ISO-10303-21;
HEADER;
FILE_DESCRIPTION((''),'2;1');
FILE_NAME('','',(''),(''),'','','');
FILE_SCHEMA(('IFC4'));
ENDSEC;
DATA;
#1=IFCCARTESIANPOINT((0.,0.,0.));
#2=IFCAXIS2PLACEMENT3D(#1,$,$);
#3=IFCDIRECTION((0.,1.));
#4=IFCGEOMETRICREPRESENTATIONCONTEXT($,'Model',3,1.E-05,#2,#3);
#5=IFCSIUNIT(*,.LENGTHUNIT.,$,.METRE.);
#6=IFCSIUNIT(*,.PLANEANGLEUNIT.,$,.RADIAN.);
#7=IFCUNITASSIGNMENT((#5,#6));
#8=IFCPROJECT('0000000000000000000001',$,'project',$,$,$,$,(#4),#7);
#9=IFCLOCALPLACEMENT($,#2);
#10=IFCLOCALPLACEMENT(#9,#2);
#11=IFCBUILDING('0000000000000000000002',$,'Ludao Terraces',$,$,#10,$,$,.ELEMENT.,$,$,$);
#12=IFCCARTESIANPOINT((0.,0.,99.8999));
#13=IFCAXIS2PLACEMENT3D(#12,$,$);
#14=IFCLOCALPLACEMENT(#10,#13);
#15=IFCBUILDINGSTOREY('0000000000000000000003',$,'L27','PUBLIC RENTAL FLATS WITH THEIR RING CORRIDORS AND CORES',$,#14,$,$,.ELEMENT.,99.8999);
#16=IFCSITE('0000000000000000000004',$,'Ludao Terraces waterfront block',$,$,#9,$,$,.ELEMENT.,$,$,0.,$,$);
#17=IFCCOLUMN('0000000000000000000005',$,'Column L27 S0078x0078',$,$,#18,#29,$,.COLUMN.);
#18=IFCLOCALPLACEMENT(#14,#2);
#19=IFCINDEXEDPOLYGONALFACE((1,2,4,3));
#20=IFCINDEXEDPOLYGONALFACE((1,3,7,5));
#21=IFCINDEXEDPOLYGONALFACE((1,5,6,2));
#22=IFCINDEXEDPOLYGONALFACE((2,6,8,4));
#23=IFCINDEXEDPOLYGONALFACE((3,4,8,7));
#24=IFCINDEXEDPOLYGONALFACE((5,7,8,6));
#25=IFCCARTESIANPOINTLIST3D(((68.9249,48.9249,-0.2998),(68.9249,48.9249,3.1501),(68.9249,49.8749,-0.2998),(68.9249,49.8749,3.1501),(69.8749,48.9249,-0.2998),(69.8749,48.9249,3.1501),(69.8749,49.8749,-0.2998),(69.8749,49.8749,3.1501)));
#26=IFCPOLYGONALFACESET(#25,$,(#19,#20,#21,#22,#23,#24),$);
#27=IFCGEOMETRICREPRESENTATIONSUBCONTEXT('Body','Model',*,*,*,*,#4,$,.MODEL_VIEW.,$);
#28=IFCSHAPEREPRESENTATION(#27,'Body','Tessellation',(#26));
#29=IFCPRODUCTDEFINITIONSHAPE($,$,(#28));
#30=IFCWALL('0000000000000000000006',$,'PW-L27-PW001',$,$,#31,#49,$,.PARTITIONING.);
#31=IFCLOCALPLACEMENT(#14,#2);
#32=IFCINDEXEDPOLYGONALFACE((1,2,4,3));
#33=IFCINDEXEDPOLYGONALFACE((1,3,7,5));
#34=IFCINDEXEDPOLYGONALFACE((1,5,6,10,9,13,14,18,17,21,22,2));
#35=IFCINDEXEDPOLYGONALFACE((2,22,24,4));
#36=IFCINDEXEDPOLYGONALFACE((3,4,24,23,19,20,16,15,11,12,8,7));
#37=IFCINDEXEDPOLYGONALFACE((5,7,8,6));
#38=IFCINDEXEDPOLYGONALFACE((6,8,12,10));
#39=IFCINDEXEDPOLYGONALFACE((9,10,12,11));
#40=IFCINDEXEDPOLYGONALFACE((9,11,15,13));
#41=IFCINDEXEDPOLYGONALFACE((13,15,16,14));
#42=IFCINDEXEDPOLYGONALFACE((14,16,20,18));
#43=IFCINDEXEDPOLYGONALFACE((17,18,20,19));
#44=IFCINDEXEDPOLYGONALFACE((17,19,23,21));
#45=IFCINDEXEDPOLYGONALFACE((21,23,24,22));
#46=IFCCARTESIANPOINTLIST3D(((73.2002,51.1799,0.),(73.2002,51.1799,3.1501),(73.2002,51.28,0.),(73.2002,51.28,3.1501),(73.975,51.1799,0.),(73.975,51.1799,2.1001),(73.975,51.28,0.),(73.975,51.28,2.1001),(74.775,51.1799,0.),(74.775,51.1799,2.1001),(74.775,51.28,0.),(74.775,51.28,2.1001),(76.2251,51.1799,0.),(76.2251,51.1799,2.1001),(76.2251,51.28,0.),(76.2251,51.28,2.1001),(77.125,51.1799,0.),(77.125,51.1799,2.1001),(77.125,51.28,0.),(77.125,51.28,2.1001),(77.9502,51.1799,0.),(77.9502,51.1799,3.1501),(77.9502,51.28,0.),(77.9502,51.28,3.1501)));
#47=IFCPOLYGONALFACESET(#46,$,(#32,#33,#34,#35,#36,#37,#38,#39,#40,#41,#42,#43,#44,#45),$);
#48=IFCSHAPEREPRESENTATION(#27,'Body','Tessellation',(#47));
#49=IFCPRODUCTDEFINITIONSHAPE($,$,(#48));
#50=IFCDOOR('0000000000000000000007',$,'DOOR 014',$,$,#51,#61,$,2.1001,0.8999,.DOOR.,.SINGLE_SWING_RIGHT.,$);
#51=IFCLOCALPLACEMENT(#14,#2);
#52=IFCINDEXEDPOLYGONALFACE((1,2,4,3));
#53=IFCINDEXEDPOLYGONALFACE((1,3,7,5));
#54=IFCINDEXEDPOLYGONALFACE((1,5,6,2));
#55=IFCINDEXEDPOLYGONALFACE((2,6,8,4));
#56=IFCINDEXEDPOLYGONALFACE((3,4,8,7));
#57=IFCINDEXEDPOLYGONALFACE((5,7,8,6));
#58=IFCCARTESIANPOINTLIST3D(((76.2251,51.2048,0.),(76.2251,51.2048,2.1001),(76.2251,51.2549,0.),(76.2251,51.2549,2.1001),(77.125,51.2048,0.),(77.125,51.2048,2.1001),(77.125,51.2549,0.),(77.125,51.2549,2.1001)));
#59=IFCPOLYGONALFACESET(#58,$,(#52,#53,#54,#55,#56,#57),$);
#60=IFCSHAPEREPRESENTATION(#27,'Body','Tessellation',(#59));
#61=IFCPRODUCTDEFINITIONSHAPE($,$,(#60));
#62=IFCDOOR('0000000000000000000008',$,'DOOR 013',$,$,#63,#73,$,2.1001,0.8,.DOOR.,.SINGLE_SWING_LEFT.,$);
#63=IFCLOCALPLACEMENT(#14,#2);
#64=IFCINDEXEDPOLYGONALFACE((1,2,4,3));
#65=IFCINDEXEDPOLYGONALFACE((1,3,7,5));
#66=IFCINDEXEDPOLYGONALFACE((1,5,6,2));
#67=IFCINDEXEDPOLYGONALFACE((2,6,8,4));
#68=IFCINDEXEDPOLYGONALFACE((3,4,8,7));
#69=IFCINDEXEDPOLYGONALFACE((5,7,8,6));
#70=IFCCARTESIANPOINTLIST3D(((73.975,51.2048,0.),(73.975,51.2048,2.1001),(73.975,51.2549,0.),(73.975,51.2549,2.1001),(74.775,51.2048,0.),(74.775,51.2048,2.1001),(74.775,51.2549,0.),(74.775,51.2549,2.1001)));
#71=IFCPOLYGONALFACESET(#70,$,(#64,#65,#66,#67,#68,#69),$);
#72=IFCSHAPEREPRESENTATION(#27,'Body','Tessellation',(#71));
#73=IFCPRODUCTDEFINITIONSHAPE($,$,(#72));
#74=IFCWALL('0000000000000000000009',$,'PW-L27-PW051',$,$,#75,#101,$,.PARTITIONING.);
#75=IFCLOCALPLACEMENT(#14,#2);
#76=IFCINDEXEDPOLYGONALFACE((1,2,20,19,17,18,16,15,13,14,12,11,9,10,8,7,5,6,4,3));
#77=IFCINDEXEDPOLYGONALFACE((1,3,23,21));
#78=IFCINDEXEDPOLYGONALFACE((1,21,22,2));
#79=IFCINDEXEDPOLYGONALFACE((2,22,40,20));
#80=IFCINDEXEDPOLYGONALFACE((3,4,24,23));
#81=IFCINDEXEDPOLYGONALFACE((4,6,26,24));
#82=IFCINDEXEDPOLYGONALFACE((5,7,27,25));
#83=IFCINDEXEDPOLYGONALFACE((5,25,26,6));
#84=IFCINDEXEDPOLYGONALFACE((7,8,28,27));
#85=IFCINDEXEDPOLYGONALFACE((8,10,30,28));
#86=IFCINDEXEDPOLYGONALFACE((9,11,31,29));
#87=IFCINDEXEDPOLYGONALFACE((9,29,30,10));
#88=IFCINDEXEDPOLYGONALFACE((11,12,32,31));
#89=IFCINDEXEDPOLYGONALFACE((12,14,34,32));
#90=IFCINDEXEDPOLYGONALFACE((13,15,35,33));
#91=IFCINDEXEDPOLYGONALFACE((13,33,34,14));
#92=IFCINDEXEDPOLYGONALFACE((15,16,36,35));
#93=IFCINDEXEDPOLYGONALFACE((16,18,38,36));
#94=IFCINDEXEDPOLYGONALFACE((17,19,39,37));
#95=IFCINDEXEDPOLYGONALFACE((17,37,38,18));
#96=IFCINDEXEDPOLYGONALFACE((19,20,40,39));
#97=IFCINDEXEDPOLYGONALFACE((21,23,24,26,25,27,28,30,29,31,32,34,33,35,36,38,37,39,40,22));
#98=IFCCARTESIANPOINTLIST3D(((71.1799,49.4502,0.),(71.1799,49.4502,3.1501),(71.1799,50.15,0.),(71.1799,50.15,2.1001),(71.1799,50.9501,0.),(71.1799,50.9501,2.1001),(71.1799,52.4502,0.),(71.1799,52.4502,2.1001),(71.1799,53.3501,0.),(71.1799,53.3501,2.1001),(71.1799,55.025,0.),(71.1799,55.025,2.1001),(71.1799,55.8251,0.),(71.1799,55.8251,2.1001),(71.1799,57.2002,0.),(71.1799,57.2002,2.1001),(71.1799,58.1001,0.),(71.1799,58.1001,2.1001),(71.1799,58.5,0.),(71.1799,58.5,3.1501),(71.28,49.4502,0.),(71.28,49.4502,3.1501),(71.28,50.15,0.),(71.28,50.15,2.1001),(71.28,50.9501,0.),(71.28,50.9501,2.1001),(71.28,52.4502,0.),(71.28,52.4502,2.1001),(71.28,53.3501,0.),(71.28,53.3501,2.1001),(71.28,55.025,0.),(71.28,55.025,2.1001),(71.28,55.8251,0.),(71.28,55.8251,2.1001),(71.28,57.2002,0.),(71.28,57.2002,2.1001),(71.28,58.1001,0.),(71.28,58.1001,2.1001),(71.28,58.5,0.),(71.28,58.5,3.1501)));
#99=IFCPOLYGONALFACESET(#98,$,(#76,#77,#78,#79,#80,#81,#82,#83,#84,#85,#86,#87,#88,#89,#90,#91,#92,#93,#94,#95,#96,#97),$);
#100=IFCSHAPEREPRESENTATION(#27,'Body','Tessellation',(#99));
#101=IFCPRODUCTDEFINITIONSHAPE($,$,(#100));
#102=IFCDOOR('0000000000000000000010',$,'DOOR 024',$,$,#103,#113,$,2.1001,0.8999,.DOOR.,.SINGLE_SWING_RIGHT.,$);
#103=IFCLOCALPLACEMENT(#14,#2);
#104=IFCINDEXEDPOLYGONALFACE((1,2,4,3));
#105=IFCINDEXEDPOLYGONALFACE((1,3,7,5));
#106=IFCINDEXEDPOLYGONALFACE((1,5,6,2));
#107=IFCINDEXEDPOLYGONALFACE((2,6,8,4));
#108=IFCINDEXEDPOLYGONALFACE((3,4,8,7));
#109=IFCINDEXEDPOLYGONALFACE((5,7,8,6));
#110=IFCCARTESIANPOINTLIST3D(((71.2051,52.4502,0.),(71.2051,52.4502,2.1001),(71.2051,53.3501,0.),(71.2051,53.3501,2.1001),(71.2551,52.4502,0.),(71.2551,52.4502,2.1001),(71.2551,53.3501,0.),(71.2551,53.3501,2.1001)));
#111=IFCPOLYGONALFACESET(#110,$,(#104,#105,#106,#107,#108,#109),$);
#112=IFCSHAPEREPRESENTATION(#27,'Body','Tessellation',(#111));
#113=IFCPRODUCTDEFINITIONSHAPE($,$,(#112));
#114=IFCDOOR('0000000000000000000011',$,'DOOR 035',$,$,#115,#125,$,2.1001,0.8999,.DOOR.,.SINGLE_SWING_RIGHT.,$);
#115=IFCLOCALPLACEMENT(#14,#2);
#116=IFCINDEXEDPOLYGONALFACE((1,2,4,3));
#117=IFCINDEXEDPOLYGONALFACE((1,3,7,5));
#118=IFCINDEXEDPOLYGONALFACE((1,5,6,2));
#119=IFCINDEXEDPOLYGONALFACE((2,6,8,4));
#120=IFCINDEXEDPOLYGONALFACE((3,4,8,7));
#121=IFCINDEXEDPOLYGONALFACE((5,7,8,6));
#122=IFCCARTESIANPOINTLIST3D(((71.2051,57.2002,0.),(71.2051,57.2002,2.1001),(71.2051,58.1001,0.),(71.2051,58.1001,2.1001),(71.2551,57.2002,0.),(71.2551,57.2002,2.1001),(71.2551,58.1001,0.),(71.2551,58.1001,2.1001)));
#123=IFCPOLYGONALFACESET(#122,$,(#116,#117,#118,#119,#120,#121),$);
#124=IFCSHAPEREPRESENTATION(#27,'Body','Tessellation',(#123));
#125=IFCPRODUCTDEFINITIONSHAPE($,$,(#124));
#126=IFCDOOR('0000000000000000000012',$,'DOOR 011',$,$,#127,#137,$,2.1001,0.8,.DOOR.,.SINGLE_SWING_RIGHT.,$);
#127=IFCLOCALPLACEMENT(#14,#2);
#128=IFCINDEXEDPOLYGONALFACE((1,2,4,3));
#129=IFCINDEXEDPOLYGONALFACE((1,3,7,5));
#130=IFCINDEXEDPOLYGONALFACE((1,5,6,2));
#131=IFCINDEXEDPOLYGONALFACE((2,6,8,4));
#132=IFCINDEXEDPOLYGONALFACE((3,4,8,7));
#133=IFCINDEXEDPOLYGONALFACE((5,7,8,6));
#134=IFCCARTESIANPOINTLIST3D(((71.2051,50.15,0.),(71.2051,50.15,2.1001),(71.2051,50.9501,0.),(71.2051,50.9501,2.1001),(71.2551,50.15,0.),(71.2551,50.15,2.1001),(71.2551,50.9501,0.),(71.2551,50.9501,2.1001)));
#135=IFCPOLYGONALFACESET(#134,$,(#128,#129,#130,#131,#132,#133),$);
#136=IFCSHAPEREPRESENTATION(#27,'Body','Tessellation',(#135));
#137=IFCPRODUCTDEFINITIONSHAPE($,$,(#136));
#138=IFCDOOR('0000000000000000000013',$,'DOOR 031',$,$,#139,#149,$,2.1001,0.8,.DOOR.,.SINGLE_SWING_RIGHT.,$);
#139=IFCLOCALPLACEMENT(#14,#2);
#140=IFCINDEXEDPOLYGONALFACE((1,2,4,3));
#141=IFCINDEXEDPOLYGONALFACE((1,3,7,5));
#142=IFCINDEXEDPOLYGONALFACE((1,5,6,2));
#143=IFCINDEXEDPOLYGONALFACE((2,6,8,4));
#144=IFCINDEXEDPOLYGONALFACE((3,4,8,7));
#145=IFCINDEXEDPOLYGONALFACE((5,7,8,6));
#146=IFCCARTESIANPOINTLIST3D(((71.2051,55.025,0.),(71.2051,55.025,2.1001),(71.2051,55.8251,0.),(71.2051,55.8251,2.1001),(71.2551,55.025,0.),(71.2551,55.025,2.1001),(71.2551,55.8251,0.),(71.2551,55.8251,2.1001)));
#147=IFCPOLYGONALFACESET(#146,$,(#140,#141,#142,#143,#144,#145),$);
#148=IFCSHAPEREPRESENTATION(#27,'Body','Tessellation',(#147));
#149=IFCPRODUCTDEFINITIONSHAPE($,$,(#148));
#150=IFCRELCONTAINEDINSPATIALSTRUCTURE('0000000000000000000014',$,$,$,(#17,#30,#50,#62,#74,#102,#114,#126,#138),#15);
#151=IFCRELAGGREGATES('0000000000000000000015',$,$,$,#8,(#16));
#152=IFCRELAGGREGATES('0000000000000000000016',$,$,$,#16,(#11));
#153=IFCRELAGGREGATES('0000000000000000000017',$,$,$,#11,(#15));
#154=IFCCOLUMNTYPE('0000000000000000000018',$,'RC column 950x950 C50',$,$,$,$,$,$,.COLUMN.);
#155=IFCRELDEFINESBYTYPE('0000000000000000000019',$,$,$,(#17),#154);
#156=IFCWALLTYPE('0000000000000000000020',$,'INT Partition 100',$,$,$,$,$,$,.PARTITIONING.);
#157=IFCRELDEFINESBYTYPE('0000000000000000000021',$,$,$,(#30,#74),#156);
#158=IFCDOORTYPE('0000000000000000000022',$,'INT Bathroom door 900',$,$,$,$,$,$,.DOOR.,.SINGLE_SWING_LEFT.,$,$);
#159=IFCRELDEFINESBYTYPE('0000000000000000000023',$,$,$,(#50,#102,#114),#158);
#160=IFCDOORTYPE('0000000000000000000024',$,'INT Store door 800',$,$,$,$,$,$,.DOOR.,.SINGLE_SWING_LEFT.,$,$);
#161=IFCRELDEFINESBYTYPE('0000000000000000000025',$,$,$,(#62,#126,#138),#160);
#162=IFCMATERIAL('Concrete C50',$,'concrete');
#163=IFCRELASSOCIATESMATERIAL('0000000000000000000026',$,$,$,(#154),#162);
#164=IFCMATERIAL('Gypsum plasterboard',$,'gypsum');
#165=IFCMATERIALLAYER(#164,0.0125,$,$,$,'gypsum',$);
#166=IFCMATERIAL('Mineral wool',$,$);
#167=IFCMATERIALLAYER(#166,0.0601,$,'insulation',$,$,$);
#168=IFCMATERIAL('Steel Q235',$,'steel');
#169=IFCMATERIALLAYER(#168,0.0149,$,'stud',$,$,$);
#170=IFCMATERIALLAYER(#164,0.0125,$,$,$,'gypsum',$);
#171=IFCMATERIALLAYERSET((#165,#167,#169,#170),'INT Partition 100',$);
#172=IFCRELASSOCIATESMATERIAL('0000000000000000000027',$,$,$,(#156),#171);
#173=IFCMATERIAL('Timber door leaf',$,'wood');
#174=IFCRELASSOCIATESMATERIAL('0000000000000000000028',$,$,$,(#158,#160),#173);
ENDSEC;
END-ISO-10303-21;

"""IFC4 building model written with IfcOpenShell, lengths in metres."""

from ifc_helpers import new_model, si_unit, direction, frame, frame_2d, origin, origin_2d, place, context, subcontext, project, spatial, rectangle, extrude, material, layer, layer_set, material_profile, profile_set, type_object, element, fill, save


model = new_model("IFC4")

# Units and contexts
model_context = context("Model", 3, precision=1e-05, world=origin(), true_north=direction((0.0, 1.0)))
body_context = subcontext(model_context, "Body", "Model", "MODEL_VIEW")
ifc_project = project(units=[si_unit("LENGTHUNIT", "METRE"), si_unit("PLANEANGLEUNIT", "RADIAN")], contexts=[model_context])

# Site, building, storey
site_placement = place(None, origin())
site = spatial("IfcSite", under=ifc_project, at=site_placement, Name="Ludao Terraces waterfront block", CompositionType="ELEMENT", RefElevation=0.0)
building_placement = place(site_placement, origin())
building = spatial("IfcBuilding", under=site, at=building_placement, Name="Ludao Terraces", CompositionType="ELEMENT")
storey_placement = place(building_placement, frame((0.0, 0.0, 99.8999)))
storey = spatial("IfcBuildingStorey", under=building, at=storey_placement, Name="L27", Description="PUBLIC RENTAL FLATS WITH THEIR RING CORRIDORS AND CORES", CompositionType="ELEMENT", Elevation=99.8999)

# Column
ifc_material_1 = material(Name="Concrete C50", Category="concrete")
ifc_material_profile = material_profile(ifc_material_1, rectangle(XDim=0.95, YDim=0.95, at=origin_2d()), Name="950 X 950")
ifc_profile_set = profile_set([ifc_material_profile], Name="Concrete C50")
column_type = type_object("IfcColumnType", Name="RC column 950x950 C50", PredefinedType="COLUMN", material=ifc_profile_set)
column_placement = place(storey_placement, frame((69.3999, 49.3999, -0.2998), z_axis=(0.0, 0.0, 1.0), x_axis=(1.0, 0.0, 0.0)))
element("IfcColumn", 1, at=column_placement, inside=storey, type_object=column_type, Name="Column L27 S0078x0078", PredefinedType="COLUMN", context=body_context, shape_type="SweptSolid", body=[
    extrude(rectangle(XDim=0.95, YDim=0.95, at=origin_2d()), origin(), (0.0, 0.0, 1.0), 3.45),
])

# Walls, openings, doors
ifc_material_2 = material(Name="Gypsum plasterboard", Category="gypsum")
ifc_layer_1 = layer(ifc_material_2, 0.0125, Category="gypsum")
ifc_material_3 = material(Name="Mineral wool")
ifc_layer_2 = layer(ifc_material_3, 0.0601, Name="insulation")
ifc_material_4 = material(Name="Steel Q235", Category="steel")
ifc_layer_3 = layer(ifc_material_4, 0.0149, Name="stud")
ifc_layer_4 = layer(ifc_material_2, 0.0125, Category="gypsum")
ifc_layer_set = layer_set([ifc_layer_1, ifc_layer_2, ifc_layer_3, ifc_layer_4], Name="INT Partition 100")
wall_type = type_object("IfcWallType", Name="INT Partition 100", PredefinedType="PARTITIONING", material=ifc_layer_set)
wall_1_placement = place(storey_placement, frame((73.2002, 51.23, 0.0), z_axis=(0.0, 0.0, 1.0), x_axis=(1.0, 0.0, 0.0)))
wall_1 = element("IfcWall", 2, at=wall_1_placement, inside=storey, type_object=wall_type, Name="PW-L27-PW001", PredefinedType="PARTITIONING", context=body_context, shape_type="SweptSolid", body=[
    extrude(rectangle(XDim=4.75, YDim=0.1001, at=frame_2d((2.375, 0.0))), origin(), (0.0, 0.0, 1.0), 3.1501),
])
opening_1_placement = place(wall_1_placement, frame((0.7749, 0.0, 0.0)))
opening_1 = element("IfcOpeningElement", 3, at=opening_1_placement, cuts=wall_1, PredefinedType="OPENING", context=body_context, shape_type="SweptSolid", body=[
    extrude(rectangle(XDim=0.8, YDim=2.1001, at=frame_2d((0.3999, 1.05))), frame((0.0, 0.0601, 0.0), z_axis=(0.0, -1.0, 0.0), x_axis=(1.0, 0.0, 0.0)), (0.0, 0.0, 1.0), 0.1201),
])
opening_2_placement = place(wall_1_placement, frame((3.0249, 0.0, 0.0)))
opening_2 = element("IfcOpeningElement", 4, at=opening_2_placement, cuts=wall_1, PredefinedType="OPENING", context=body_context, shape_type="SweptSolid", body=[
    extrude(rectangle(XDim=0.8999, YDim=2.1001, at=frame_2d((0.45, 1.05))), frame((0.0, 0.0601, 0.0), z_axis=(0.0, -1.0, 0.0), x_axis=(1.0, 0.0, 0.0)), (0.0, 0.0, 1.0), 0.1201),
])
ifc_material_5 = material(Name="Timber door leaf", Category="wood")
door_type_1 = type_object("IfcDoorType", Name="INT Bathroom door 900", OperationType="SINGLE_SWING_LEFT", PredefinedType="DOOR", material=ifc_material_5)
door_1_placement = place(opening_2_placement, origin())
door_1 = element("IfcDoor", 5, at=door_1_placement, inside=storey, type_object=door_type_1, Name="DOOR 014", OperationType="SINGLE_SWING_RIGHT", OverallHeight=2.1001, OverallWidth=0.8999, PredefinedType="DOOR", context=body_context, shape_type="SweptSolid", body=[
    extrude(rectangle(XDim=0.8999, YDim=2.1001, at=frame_2d((0.45, 1.05))), frame((0.0, 0.0249, 0.0), z_axis=(0.0, -1.0, 0.0), x_axis=(1.0, 0.0, 0.0)), (0.0, 0.0, 1.0), 0.05),
])
fill(opening_2, door_1)
door_type_2 = type_object("IfcDoorType", Name="INT Store door 800", OperationType="SINGLE_SWING_LEFT", PredefinedType="DOOR", material=ifc_material_5)
door_2_placement = place(opening_1_placement, origin())
door_2 = element("IfcDoor", 6, at=door_2_placement, inside=storey, type_object=door_type_2, Name="DOOR 013", OperationType="SINGLE_SWING_LEFT", OverallHeight=2.1001, OverallWidth=0.8, PredefinedType="DOOR", context=body_context, shape_type="SweptSolid", body=[
    extrude(rectangle(XDim=0.8, YDim=2.1001, at=frame_2d((0.3999, 1.05))), frame((0.0, 0.0249, 0.0), z_axis=(0.0, -1.0, 0.0), x_axis=(1.0, 0.0, 0.0)), (0.0, 0.0, 1.0), 0.05),
])
fill(opening_1, door_2)
wall_2_placement = place(storey_placement, frame((71.23, 49.4502, 0.0), z_axis=(0.0, 0.0, 1.0), x_axis=(0.0, 1.0, 0.0)))
wall_2 = element("IfcWall", 7, at=wall_2_placement, inside=storey, type_object=wall_type, Name="PW-L27-PW051", PredefinedType="PARTITIONING", context=body_context, shape_type="SweptSolid", body=[
    extrude(rectangle(XDim=9.0498, YDim=0.1001, at=frame_2d((4.5249, 0.0))), origin(), (0.0, 0.0, 1.0), 3.1501),
])
opening_3_placement = place(wall_2_placement, frame((0.7, 0.0, 0.0)))
opening_3 = element("IfcOpeningElement", 8, at=opening_3_placement, cuts=wall_2, PredefinedType="OPENING", context=body_context, shape_type="SweptSolid", body=[
    extrude(rectangle(XDim=0.8, YDim=2.1001, at=frame_2d((0.3999, 1.05))), frame((0.0, 0.0601, 0.0), z_axis=(0.0, -1.0, 0.0), x_axis=(1.0, 0.0, 0.0)), (0.0, 0.0, 1.0), 0.1201),
])
opening_4_placement = place(wall_2_placement, frame((3.0, 0.0, 0.0)))
opening_4 = element("IfcOpeningElement", 9, at=opening_4_placement, cuts=wall_2, PredefinedType="OPENING", context=body_context, shape_type="SweptSolid", body=[
    extrude(rectangle(XDim=0.8999, YDim=2.1001, at=frame_2d((0.45, 1.05))), frame((0.0, 0.0601, 0.0), z_axis=(0.0, -1.0, 0.0), x_axis=(1.0, 0.0, 0.0)), (0.0, 0.0, 1.0), 0.1201),
])
opening_5_placement = place(wall_2_placement, frame((5.575, 0.0, 0.0)))
opening_5 = element("IfcOpeningElement", 10, at=opening_5_placement, cuts=wall_2, PredefinedType="OPENING", context=body_context, shape_type="SweptSolid", body=[
    extrude(rectangle(XDim=0.8, YDim=2.1001, at=frame_2d((0.3999, 1.05))), frame((0.0, 0.0601, 0.0), z_axis=(0.0, -1.0, 0.0), x_axis=(1.0, 0.0, 0.0)), (0.0, 0.0, 1.0), 0.1201),
])
opening_6_placement = place(wall_2_placement, frame((7.75, 0.0, 0.0)))
opening_6 = element("IfcOpeningElement", 11, at=opening_6_placement, cuts=wall_2, PredefinedType="OPENING", context=body_context, shape_type="SweptSolid", body=[
    extrude(rectangle(XDim=0.8999, YDim=2.1001, at=frame_2d((0.45, 1.05))), frame((0.0, 0.0601, 0.0), z_axis=(0.0, -1.0, 0.0), x_axis=(1.0, 0.0, 0.0)), (0.0, 0.0, 1.0), 0.1201),
])
door_3_placement = place(opening_4_placement, origin())
door_3 = element("IfcDoor", 12, at=door_3_placement, inside=storey, type_object=door_type_1, Name="DOOR 024", OperationType="SINGLE_SWING_RIGHT", OverallHeight=2.1001, OverallWidth=0.8999, PredefinedType="DOOR", context=body_context, shape_type="SweptSolid", body=[
    extrude(rectangle(XDim=0.8999, YDim=2.1001, at=frame_2d((0.45, 1.05))), frame((0.0, 0.0249, 0.0), z_axis=(0.0, -1.0, 0.0), x_axis=(1.0, 0.0, 0.0)), (0.0, 0.0, 1.0), 0.05),
])
fill(opening_4, door_3)
door_4_placement = place(opening_6_placement, origin())
door_4 = element("IfcDoor", 13, at=door_4_placement, inside=storey, type_object=door_type_1, Name="DOOR 035", OperationType="SINGLE_SWING_RIGHT", OverallHeight=2.1001, OverallWidth=0.8999, PredefinedType="DOOR", context=body_context, shape_type="SweptSolid", body=[
    extrude(rectangle(XDim=0.8999, YDim=2.1001, at=frame_2d((0.45, 1.05))), frame((0.0, 0.0249, 0.0), z_axis=(0.0, -1.0, 0.0), x_axis=(1.0, 0.0, 0.0)), (0.0, 0.0, 1.0), 0.05),
])
fill(opening_6, door_4)
door_5_placement = place(opening_3_placement, origin())
door_5 = element("IfcDoor", 14, at=door_5_placement, inside=storey, type_object=door_type_2, Name="DOOR 011", OperationType="SINGLE_SWING_RIGHT", OverallHeight=2.1001, OverallWidth=0.8, PredefinedType="DOOR", context=body_context, shape_type="SweptSolid", body=[
    extrude(rectangle(XDim=0.8, YDim=2.1001, at=frame_2d((0.3999, 1.05))), frame((0.0, 0.0249, 0.0), z_axis=(0.0, -1.0, 0.0), x_axis=(1.0, 0.0, 0.0)), (0.0, 0.0, 1.0), 0.05),
])
fill(opening_3, door_5)
door_6_placement = place(opening_5_placement, origin())
door_6 = element("IfcDoor", 15, at=door_6_placement, inside=storey, type_object=door_type_2, Name="DOOR 031", OperationType="SINGLE_SWING_RIGHT", OverallHeight=2.1001, OverallWidth=0.8, PredefinedType="DOOR", context=body_context, shape_type="SweptSolid", body=[
    extrude(rectangle(XDim=0.8, YDim=2.1001, at=frame_2d((0.3999, 1.05))), frame((0.0, 0.0249, 0.0), z_axis=(0.0, -1.0, 0.0), x_axis=(1.0, 0.0, 0.0)), (0.0, 0.0, 1.0), 0.05),
])
fill(opening_5, door_6)

save(model, "model.ifc")
